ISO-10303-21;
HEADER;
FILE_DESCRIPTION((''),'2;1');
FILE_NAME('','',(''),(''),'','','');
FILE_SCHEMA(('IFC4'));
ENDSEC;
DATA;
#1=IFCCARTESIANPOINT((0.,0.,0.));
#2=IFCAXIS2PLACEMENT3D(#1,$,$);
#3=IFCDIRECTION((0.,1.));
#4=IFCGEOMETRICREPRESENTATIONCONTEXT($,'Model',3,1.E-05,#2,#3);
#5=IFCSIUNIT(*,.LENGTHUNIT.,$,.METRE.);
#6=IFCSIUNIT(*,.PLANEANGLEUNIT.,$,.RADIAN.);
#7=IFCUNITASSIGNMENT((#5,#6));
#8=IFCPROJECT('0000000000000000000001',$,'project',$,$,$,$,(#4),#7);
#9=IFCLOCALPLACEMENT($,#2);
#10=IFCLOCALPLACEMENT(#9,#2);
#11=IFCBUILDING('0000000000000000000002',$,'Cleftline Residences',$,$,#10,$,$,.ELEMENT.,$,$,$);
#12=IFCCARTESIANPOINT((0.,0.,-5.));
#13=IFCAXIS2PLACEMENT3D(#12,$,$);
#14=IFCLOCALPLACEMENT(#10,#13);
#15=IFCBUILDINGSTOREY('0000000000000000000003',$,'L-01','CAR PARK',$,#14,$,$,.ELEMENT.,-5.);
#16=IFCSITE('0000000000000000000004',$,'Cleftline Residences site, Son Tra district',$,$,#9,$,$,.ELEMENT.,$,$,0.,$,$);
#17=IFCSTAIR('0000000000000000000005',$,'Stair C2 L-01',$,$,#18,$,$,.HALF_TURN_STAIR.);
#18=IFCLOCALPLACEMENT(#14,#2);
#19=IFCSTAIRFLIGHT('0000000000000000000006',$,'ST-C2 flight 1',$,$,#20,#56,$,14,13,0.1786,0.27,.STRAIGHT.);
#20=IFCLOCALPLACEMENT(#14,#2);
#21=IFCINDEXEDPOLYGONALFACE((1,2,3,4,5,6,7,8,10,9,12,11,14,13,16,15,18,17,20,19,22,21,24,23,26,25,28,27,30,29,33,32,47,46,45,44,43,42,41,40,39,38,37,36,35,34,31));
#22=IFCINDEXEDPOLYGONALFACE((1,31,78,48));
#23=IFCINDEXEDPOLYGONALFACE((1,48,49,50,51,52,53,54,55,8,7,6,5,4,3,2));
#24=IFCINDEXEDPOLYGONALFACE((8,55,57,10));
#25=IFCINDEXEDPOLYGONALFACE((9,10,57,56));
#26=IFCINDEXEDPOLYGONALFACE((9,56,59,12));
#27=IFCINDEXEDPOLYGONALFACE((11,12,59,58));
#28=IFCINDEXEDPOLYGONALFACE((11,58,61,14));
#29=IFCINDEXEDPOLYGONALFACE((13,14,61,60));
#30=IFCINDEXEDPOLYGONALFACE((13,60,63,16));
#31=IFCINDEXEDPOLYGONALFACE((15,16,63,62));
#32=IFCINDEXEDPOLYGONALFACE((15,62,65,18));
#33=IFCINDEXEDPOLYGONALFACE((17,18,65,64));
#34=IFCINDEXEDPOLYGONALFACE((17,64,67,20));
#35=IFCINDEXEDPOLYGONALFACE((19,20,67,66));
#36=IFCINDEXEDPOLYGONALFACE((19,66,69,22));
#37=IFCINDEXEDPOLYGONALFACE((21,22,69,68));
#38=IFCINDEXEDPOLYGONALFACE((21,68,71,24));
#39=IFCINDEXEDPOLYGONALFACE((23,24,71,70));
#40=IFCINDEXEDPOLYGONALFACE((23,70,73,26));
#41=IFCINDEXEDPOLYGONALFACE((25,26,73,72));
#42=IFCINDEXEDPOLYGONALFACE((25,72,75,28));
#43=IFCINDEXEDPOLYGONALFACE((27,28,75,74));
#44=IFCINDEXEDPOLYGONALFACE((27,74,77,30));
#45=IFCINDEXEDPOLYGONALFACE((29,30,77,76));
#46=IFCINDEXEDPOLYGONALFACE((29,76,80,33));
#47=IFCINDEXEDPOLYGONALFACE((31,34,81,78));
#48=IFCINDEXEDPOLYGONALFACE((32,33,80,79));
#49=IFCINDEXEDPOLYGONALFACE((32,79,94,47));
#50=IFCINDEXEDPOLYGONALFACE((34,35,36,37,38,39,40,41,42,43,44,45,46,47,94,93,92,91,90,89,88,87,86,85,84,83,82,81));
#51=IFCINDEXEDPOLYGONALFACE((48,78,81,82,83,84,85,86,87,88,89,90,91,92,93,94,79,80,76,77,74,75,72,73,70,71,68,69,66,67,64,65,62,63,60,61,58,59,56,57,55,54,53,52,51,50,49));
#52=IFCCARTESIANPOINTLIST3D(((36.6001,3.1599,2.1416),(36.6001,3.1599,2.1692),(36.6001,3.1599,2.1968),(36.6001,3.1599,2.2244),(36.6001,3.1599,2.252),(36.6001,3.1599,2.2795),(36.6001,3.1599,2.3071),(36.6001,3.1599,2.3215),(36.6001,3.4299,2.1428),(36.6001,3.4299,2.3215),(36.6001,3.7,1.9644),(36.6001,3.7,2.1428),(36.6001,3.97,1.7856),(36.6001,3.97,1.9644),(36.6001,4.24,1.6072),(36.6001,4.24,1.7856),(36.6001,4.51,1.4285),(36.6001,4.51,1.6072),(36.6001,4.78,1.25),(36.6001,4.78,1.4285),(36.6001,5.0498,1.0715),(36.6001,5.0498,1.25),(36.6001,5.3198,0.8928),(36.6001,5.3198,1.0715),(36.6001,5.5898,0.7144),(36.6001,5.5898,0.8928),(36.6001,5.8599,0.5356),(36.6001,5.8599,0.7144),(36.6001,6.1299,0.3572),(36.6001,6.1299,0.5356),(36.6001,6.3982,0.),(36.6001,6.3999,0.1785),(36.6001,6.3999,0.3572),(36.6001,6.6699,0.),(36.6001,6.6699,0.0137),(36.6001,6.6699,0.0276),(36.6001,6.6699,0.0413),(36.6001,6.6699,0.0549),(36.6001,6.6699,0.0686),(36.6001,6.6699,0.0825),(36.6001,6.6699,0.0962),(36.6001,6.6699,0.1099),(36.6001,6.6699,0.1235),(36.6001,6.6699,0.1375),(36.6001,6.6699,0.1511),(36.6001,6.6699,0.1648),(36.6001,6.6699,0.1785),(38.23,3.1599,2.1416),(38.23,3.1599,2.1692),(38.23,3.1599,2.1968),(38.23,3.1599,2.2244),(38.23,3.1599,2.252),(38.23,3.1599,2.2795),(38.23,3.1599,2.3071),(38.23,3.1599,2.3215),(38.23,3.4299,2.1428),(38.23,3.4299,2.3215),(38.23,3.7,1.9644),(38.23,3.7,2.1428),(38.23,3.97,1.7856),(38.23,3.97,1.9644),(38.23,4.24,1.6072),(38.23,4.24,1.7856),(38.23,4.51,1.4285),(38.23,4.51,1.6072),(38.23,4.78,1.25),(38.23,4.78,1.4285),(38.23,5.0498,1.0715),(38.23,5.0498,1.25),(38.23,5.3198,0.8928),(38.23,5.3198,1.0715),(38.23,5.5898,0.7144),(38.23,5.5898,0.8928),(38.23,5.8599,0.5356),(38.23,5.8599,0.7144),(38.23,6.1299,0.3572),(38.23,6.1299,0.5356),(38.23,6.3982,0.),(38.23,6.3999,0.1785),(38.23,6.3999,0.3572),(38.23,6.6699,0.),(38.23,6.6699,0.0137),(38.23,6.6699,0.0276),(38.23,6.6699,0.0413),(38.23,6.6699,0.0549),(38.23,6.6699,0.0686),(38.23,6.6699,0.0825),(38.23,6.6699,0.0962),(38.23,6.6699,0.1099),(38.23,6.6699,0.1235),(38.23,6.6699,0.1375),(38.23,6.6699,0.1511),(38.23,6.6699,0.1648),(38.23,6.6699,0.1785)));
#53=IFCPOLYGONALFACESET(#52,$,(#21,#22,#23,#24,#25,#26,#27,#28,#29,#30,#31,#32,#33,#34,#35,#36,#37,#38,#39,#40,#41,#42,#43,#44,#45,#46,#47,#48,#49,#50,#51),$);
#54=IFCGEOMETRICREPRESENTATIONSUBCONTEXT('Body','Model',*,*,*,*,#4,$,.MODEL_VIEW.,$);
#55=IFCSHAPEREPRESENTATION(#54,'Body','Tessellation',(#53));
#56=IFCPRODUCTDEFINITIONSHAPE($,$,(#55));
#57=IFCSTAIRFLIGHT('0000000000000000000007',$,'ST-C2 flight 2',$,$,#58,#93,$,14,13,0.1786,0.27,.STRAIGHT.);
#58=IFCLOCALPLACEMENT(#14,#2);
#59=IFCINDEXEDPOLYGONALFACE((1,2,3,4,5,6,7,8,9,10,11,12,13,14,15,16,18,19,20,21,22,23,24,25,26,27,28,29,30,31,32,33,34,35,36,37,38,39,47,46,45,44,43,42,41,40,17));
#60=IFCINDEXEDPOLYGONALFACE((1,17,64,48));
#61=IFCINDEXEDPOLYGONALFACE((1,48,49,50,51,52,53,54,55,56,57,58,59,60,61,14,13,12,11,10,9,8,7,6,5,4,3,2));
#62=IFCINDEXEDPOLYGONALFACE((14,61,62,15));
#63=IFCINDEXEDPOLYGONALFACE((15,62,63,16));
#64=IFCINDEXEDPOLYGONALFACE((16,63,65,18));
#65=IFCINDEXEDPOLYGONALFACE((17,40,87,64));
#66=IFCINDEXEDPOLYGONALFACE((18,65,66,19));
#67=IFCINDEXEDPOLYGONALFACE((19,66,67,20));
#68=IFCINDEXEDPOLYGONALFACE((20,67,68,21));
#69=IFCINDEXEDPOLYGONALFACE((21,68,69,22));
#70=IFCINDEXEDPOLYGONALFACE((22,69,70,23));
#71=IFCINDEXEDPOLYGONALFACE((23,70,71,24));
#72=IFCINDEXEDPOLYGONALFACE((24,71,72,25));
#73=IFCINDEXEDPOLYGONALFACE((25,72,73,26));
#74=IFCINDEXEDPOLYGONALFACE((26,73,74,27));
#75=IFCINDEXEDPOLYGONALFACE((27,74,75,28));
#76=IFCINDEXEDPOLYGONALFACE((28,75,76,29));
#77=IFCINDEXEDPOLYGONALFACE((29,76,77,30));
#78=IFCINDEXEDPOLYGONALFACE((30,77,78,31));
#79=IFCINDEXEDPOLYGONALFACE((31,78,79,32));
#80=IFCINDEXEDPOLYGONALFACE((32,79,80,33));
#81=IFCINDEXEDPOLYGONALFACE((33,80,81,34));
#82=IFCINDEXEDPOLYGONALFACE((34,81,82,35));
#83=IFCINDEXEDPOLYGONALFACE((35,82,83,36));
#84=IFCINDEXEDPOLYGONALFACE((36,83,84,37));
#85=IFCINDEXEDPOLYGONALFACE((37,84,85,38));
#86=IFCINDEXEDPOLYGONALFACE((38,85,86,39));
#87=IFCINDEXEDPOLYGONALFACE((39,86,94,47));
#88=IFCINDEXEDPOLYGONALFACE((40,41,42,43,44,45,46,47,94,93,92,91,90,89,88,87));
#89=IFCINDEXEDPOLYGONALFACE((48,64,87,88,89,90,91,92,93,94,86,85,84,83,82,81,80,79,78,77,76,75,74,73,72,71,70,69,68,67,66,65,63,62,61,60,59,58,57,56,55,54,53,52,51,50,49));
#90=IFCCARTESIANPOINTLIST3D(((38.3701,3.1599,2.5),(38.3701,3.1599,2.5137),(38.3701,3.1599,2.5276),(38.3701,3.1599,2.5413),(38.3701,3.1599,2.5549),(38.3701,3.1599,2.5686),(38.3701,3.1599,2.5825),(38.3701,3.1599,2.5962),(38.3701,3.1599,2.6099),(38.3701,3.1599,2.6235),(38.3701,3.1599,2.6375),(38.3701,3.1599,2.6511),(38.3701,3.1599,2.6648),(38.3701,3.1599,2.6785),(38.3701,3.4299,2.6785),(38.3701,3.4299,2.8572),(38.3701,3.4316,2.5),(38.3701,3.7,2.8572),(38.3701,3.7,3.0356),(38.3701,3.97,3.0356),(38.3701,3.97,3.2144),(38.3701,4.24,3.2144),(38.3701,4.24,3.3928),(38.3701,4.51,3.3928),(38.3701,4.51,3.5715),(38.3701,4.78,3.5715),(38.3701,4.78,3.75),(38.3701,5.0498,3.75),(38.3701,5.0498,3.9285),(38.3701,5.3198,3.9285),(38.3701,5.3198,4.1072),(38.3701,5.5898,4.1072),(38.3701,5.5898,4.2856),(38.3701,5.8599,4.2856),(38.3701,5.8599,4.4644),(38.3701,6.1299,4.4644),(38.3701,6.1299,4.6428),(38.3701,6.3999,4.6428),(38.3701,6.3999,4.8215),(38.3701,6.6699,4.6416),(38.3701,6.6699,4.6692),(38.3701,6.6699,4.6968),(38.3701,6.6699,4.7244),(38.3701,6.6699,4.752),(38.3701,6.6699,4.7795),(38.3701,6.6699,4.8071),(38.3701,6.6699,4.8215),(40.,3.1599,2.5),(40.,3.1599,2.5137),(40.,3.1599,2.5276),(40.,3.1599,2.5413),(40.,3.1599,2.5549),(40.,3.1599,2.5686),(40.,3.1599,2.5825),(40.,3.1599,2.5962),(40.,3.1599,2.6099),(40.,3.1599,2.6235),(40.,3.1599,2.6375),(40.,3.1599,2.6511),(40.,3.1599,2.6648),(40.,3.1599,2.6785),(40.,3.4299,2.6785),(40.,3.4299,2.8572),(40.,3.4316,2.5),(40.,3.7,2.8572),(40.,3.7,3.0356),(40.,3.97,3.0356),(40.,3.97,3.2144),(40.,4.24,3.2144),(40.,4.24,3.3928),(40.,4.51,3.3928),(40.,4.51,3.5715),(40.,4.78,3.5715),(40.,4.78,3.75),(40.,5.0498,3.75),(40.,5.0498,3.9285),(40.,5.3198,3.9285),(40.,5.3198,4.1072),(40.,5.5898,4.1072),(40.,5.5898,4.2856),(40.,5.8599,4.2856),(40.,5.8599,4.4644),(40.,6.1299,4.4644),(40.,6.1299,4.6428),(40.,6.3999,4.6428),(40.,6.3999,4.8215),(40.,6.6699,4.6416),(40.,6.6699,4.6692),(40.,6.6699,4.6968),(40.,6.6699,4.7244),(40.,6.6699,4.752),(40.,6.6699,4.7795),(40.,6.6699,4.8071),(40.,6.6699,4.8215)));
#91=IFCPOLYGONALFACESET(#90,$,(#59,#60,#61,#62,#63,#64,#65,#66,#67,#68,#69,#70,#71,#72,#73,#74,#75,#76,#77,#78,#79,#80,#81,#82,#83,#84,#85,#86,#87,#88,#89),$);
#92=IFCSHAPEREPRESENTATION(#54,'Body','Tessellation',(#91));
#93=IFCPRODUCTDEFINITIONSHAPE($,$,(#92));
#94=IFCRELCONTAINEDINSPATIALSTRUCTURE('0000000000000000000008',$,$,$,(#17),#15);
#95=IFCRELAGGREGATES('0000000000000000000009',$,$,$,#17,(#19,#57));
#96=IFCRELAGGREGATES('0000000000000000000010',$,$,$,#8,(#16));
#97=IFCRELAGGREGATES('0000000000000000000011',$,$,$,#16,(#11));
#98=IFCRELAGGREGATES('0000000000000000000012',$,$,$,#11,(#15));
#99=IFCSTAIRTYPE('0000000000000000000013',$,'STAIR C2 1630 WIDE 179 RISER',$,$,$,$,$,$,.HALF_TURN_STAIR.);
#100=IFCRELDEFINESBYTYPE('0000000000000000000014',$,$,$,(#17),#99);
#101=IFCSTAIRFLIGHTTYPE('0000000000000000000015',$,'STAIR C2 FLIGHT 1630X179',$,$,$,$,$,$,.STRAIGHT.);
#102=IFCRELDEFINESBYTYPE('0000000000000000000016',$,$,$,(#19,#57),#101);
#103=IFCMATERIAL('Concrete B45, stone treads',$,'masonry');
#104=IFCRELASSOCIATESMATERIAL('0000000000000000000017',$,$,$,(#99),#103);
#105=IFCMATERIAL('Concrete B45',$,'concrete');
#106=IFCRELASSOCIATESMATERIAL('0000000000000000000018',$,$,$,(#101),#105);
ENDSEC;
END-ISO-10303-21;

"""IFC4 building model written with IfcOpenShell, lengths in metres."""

from ifc_helpers import new_model, si_unit, direction, frame, origin, place, context, subcontext, project, spatial, polyline, outline, extrude, material, type_object, element, aggregate, save


model = new_model("IFC4")

# Units and contexts
model_context = context("Model", 3, precision=1e-05, world=origin(), true_north=direction((0.0, 1.0)))
body_context = subcontext(model_context, "Body", "Model", "MODEL_VIEW")
ifc_project = project(units=[si_unit("LENGTHUNIT", "METRE"), si_unit("PLANEANGLEUNIT", "RADIAN")], contexts=[model_context])

# Site, building, storey
site_placement = place(None, origin())
site = spatial("IfcSite", under=ifc_project, at=site_placement, Name="Cleftline Residences site, Son Tra district", CompositionType="ELEMENT", RefElevation=0.0)
building_placement = place(site_placement, origin())
building = spatial("IfcBuilding", under=site, at=building_placement, Name="Cleftline Residences", CompositionType="ELEMENT")
storey_placement = place(building_placement, frame((0.0, 0.0, -5.0)))
storey = spatial("IfcBuildingStorey", under=building, at=storey_placement, Name="L-01", Description="CAR PARK", CompositionType="ELEMENT", Elevation=-5.0)

# Stair, stair flights
ifc_material_1 = material(Name="Concrete B45, stone treads", Category="masonry")
stair_type = type_object("IfcStairType", Name="STAIR C2 1630 WIDE 179 RISER", PredefinedType="HALF_TURN_STAIR", material=ifc_material_1)
stair_placement = place(storey_placement, origin())
stair = element("IfcStair", 1, at=stair_placement, inside=storey, type_object=stair_type, Name="Stair C2 L-01", PredefinedType="HALF_TURN_STAIR")
ifc_material_2 = material(Name="Concrete B45", Category="concrete")
stair_flight_type = type_object("IfcStairFlightType", Name="STAIR C2 FLIGHT 1630X179", PredefinedType="STRAIGHT", material=ifc_material_2)
stair_flight_1_placement = place(storey_placement, frame((37.415, 6.6699, 0.0), z_axis=(0.0, 0.0, 1.0), x_axis=(0.0, -1.0, 0.0)))
stair_flight_1 = element("IfcStairFlight", 2, at=stair_flight_1_placement, type_object=stair_flight_type, Name="ST-C2 flight 1", NumberOfRisers=14, NumberOfTreads=13, PredefinedType="STRAIGHT", RiserHeight=0.1786, TreadLength=0.27, context=body_context, shape_type="SweptSolid", body=[
    extrude(outline(polyline([(0.0, 0.0), (0.0, 0.0137), (0.0, 0.0276), (0.0, 0.0413), (0.0, 0.0549), (0.0, 0.0686), (0.0, 0.0825), (0.0, 0.0962), (0.0, 0.1099), (0.0, 0.1235), (0.0, 0.1375), (0.0, 0.1511), (0.0, 0.1648), (0.0, 0.1785), (0.27, 0.1785), (0.27, 0.3572), (0.54, 0.3572), (0.54, 0.5356), (0.8101, 0.5356), (0.8101, 0.7144), (1.0801, 0.7144), (1.0801, 0.8928), (1.3501, 0.8928), (1.3501, 1.0715), (1.6201, 1.0715), (1.6201, 1.25), (1.8899, 1.25), (1.8899, 1.4285), (2.1599, 1.4285), (2.1599, 1.6072), (2.4299, 1.6072), (2.4299, 1.7856), (2.7, 1.7856), (2.7, 1.9644), (2.97, 1.9644), (2.97, 2.1428), (3.24, 2.1428), (3.24, 2.3215), (3.51, 2.3215), (3.51, 2.5), (3.51, 2.4724), (3.51, 2.4448), (3.51, 2.4172), (3.51, 2.3896), (3.51, 2.3623), (3.51, 2.3347), (3.51, 2.3071), (3.51, 2.2795), (3.51, 2.252), (3.51, 2.2244), (3.51, 2.1968), (3.51, 2.1692), (3.51, 2.1416), (0.2717, 0.0), (0.0, 0.0)])), frame((0.0, 0.8149, 0.0), z_axis=(0.0, -1.0, 0.0), x_axis=(1.0, 0.0, 0.0)), (0.0, 0.0, 1.0), 1.6299),
])
stair_flight_2_placement = place(storey_placement, frame((39.1851, 3.1599, 2.5), z_axis=(0.0, 0.0, 1.0), x_axis=(0.0, 1.0, 0.0)))
stair_flight_2 = element("IfcStairFlight", 3, at=stair_flight_2_placement, type_object=stair_flight_type, Name="ST-C2 flight 2", NumberOfRisers=14, NumberOfTreads=13, PredefinedType="STRAIGHT", RiserHeight=0.1786, TreadLength=0.27, context=body_context, shape_type="SweptSolid", body=[
    extrude(outline(polyline([(0.0, 0.0), (0.0, 0.0137), (0.0, 0.0276), (0.0, 0.0413), (0.0, 0.0549), (0.0, 0.0686), (0.0, 0.0825), (0.0, 0.0962), (0.0, 0.1099), (0.0, 0.1235), (0.0, 0.1375), (0.0, 0.1511), (0.0, 0.1648), (0.0, 0.1785), (0.27, 0.1785), (0.27, 0.3572), (0.54, 0.3572), (0.54, 0.5356), (0.8101, 0.5356), (0.8101, 0.7144), (1.0801, 0.7144), (1.0801, 0.8928), (1.3501, 0.8928), (1.3501, 1.0715), (1.6201, 1.0715), (1.6201, 1.25), (1.8899, 1.25), (1.8899, 1.4285), (2.1599, 1.4285), (2.1599, 1.6072), (2.4299, 1.6072), (2.4299, 1.7856), (2.7, 1.7856), (2.7, 1.9644), (2.97, 1.9644), (2.97, 2.1428), (3.24, 2.1428), (3.24, 2.3215), (3.51, 2.3215), (3.51, 2.5), (3.51, 2.4724), (3.51, 2.4448), (3.51, 2.4172), (3.51, 2.3896), (3.51, 2.3623), (3.51, 2.3347), (3.51, 2.3071), (3.51, 2.2795), (3.51, 2.252), (3.51, 2.2244), (3.51, 2.1968), (3.51, 2.1692), (3.51, 2.1416), (0.2717, 0.0), (0.0, 0.0)])), frame((0.0, 0.8149, 0.0), z_axis=(0.0, -1.0, 0.0), x_axis=(1.0, 0.0, 0.0)), (0.0, 0.0, 1.0), 1.6299),
])
aggregate(stair, [stair_flight_1, stair_flight_2])

save(model, "model.ifc")
